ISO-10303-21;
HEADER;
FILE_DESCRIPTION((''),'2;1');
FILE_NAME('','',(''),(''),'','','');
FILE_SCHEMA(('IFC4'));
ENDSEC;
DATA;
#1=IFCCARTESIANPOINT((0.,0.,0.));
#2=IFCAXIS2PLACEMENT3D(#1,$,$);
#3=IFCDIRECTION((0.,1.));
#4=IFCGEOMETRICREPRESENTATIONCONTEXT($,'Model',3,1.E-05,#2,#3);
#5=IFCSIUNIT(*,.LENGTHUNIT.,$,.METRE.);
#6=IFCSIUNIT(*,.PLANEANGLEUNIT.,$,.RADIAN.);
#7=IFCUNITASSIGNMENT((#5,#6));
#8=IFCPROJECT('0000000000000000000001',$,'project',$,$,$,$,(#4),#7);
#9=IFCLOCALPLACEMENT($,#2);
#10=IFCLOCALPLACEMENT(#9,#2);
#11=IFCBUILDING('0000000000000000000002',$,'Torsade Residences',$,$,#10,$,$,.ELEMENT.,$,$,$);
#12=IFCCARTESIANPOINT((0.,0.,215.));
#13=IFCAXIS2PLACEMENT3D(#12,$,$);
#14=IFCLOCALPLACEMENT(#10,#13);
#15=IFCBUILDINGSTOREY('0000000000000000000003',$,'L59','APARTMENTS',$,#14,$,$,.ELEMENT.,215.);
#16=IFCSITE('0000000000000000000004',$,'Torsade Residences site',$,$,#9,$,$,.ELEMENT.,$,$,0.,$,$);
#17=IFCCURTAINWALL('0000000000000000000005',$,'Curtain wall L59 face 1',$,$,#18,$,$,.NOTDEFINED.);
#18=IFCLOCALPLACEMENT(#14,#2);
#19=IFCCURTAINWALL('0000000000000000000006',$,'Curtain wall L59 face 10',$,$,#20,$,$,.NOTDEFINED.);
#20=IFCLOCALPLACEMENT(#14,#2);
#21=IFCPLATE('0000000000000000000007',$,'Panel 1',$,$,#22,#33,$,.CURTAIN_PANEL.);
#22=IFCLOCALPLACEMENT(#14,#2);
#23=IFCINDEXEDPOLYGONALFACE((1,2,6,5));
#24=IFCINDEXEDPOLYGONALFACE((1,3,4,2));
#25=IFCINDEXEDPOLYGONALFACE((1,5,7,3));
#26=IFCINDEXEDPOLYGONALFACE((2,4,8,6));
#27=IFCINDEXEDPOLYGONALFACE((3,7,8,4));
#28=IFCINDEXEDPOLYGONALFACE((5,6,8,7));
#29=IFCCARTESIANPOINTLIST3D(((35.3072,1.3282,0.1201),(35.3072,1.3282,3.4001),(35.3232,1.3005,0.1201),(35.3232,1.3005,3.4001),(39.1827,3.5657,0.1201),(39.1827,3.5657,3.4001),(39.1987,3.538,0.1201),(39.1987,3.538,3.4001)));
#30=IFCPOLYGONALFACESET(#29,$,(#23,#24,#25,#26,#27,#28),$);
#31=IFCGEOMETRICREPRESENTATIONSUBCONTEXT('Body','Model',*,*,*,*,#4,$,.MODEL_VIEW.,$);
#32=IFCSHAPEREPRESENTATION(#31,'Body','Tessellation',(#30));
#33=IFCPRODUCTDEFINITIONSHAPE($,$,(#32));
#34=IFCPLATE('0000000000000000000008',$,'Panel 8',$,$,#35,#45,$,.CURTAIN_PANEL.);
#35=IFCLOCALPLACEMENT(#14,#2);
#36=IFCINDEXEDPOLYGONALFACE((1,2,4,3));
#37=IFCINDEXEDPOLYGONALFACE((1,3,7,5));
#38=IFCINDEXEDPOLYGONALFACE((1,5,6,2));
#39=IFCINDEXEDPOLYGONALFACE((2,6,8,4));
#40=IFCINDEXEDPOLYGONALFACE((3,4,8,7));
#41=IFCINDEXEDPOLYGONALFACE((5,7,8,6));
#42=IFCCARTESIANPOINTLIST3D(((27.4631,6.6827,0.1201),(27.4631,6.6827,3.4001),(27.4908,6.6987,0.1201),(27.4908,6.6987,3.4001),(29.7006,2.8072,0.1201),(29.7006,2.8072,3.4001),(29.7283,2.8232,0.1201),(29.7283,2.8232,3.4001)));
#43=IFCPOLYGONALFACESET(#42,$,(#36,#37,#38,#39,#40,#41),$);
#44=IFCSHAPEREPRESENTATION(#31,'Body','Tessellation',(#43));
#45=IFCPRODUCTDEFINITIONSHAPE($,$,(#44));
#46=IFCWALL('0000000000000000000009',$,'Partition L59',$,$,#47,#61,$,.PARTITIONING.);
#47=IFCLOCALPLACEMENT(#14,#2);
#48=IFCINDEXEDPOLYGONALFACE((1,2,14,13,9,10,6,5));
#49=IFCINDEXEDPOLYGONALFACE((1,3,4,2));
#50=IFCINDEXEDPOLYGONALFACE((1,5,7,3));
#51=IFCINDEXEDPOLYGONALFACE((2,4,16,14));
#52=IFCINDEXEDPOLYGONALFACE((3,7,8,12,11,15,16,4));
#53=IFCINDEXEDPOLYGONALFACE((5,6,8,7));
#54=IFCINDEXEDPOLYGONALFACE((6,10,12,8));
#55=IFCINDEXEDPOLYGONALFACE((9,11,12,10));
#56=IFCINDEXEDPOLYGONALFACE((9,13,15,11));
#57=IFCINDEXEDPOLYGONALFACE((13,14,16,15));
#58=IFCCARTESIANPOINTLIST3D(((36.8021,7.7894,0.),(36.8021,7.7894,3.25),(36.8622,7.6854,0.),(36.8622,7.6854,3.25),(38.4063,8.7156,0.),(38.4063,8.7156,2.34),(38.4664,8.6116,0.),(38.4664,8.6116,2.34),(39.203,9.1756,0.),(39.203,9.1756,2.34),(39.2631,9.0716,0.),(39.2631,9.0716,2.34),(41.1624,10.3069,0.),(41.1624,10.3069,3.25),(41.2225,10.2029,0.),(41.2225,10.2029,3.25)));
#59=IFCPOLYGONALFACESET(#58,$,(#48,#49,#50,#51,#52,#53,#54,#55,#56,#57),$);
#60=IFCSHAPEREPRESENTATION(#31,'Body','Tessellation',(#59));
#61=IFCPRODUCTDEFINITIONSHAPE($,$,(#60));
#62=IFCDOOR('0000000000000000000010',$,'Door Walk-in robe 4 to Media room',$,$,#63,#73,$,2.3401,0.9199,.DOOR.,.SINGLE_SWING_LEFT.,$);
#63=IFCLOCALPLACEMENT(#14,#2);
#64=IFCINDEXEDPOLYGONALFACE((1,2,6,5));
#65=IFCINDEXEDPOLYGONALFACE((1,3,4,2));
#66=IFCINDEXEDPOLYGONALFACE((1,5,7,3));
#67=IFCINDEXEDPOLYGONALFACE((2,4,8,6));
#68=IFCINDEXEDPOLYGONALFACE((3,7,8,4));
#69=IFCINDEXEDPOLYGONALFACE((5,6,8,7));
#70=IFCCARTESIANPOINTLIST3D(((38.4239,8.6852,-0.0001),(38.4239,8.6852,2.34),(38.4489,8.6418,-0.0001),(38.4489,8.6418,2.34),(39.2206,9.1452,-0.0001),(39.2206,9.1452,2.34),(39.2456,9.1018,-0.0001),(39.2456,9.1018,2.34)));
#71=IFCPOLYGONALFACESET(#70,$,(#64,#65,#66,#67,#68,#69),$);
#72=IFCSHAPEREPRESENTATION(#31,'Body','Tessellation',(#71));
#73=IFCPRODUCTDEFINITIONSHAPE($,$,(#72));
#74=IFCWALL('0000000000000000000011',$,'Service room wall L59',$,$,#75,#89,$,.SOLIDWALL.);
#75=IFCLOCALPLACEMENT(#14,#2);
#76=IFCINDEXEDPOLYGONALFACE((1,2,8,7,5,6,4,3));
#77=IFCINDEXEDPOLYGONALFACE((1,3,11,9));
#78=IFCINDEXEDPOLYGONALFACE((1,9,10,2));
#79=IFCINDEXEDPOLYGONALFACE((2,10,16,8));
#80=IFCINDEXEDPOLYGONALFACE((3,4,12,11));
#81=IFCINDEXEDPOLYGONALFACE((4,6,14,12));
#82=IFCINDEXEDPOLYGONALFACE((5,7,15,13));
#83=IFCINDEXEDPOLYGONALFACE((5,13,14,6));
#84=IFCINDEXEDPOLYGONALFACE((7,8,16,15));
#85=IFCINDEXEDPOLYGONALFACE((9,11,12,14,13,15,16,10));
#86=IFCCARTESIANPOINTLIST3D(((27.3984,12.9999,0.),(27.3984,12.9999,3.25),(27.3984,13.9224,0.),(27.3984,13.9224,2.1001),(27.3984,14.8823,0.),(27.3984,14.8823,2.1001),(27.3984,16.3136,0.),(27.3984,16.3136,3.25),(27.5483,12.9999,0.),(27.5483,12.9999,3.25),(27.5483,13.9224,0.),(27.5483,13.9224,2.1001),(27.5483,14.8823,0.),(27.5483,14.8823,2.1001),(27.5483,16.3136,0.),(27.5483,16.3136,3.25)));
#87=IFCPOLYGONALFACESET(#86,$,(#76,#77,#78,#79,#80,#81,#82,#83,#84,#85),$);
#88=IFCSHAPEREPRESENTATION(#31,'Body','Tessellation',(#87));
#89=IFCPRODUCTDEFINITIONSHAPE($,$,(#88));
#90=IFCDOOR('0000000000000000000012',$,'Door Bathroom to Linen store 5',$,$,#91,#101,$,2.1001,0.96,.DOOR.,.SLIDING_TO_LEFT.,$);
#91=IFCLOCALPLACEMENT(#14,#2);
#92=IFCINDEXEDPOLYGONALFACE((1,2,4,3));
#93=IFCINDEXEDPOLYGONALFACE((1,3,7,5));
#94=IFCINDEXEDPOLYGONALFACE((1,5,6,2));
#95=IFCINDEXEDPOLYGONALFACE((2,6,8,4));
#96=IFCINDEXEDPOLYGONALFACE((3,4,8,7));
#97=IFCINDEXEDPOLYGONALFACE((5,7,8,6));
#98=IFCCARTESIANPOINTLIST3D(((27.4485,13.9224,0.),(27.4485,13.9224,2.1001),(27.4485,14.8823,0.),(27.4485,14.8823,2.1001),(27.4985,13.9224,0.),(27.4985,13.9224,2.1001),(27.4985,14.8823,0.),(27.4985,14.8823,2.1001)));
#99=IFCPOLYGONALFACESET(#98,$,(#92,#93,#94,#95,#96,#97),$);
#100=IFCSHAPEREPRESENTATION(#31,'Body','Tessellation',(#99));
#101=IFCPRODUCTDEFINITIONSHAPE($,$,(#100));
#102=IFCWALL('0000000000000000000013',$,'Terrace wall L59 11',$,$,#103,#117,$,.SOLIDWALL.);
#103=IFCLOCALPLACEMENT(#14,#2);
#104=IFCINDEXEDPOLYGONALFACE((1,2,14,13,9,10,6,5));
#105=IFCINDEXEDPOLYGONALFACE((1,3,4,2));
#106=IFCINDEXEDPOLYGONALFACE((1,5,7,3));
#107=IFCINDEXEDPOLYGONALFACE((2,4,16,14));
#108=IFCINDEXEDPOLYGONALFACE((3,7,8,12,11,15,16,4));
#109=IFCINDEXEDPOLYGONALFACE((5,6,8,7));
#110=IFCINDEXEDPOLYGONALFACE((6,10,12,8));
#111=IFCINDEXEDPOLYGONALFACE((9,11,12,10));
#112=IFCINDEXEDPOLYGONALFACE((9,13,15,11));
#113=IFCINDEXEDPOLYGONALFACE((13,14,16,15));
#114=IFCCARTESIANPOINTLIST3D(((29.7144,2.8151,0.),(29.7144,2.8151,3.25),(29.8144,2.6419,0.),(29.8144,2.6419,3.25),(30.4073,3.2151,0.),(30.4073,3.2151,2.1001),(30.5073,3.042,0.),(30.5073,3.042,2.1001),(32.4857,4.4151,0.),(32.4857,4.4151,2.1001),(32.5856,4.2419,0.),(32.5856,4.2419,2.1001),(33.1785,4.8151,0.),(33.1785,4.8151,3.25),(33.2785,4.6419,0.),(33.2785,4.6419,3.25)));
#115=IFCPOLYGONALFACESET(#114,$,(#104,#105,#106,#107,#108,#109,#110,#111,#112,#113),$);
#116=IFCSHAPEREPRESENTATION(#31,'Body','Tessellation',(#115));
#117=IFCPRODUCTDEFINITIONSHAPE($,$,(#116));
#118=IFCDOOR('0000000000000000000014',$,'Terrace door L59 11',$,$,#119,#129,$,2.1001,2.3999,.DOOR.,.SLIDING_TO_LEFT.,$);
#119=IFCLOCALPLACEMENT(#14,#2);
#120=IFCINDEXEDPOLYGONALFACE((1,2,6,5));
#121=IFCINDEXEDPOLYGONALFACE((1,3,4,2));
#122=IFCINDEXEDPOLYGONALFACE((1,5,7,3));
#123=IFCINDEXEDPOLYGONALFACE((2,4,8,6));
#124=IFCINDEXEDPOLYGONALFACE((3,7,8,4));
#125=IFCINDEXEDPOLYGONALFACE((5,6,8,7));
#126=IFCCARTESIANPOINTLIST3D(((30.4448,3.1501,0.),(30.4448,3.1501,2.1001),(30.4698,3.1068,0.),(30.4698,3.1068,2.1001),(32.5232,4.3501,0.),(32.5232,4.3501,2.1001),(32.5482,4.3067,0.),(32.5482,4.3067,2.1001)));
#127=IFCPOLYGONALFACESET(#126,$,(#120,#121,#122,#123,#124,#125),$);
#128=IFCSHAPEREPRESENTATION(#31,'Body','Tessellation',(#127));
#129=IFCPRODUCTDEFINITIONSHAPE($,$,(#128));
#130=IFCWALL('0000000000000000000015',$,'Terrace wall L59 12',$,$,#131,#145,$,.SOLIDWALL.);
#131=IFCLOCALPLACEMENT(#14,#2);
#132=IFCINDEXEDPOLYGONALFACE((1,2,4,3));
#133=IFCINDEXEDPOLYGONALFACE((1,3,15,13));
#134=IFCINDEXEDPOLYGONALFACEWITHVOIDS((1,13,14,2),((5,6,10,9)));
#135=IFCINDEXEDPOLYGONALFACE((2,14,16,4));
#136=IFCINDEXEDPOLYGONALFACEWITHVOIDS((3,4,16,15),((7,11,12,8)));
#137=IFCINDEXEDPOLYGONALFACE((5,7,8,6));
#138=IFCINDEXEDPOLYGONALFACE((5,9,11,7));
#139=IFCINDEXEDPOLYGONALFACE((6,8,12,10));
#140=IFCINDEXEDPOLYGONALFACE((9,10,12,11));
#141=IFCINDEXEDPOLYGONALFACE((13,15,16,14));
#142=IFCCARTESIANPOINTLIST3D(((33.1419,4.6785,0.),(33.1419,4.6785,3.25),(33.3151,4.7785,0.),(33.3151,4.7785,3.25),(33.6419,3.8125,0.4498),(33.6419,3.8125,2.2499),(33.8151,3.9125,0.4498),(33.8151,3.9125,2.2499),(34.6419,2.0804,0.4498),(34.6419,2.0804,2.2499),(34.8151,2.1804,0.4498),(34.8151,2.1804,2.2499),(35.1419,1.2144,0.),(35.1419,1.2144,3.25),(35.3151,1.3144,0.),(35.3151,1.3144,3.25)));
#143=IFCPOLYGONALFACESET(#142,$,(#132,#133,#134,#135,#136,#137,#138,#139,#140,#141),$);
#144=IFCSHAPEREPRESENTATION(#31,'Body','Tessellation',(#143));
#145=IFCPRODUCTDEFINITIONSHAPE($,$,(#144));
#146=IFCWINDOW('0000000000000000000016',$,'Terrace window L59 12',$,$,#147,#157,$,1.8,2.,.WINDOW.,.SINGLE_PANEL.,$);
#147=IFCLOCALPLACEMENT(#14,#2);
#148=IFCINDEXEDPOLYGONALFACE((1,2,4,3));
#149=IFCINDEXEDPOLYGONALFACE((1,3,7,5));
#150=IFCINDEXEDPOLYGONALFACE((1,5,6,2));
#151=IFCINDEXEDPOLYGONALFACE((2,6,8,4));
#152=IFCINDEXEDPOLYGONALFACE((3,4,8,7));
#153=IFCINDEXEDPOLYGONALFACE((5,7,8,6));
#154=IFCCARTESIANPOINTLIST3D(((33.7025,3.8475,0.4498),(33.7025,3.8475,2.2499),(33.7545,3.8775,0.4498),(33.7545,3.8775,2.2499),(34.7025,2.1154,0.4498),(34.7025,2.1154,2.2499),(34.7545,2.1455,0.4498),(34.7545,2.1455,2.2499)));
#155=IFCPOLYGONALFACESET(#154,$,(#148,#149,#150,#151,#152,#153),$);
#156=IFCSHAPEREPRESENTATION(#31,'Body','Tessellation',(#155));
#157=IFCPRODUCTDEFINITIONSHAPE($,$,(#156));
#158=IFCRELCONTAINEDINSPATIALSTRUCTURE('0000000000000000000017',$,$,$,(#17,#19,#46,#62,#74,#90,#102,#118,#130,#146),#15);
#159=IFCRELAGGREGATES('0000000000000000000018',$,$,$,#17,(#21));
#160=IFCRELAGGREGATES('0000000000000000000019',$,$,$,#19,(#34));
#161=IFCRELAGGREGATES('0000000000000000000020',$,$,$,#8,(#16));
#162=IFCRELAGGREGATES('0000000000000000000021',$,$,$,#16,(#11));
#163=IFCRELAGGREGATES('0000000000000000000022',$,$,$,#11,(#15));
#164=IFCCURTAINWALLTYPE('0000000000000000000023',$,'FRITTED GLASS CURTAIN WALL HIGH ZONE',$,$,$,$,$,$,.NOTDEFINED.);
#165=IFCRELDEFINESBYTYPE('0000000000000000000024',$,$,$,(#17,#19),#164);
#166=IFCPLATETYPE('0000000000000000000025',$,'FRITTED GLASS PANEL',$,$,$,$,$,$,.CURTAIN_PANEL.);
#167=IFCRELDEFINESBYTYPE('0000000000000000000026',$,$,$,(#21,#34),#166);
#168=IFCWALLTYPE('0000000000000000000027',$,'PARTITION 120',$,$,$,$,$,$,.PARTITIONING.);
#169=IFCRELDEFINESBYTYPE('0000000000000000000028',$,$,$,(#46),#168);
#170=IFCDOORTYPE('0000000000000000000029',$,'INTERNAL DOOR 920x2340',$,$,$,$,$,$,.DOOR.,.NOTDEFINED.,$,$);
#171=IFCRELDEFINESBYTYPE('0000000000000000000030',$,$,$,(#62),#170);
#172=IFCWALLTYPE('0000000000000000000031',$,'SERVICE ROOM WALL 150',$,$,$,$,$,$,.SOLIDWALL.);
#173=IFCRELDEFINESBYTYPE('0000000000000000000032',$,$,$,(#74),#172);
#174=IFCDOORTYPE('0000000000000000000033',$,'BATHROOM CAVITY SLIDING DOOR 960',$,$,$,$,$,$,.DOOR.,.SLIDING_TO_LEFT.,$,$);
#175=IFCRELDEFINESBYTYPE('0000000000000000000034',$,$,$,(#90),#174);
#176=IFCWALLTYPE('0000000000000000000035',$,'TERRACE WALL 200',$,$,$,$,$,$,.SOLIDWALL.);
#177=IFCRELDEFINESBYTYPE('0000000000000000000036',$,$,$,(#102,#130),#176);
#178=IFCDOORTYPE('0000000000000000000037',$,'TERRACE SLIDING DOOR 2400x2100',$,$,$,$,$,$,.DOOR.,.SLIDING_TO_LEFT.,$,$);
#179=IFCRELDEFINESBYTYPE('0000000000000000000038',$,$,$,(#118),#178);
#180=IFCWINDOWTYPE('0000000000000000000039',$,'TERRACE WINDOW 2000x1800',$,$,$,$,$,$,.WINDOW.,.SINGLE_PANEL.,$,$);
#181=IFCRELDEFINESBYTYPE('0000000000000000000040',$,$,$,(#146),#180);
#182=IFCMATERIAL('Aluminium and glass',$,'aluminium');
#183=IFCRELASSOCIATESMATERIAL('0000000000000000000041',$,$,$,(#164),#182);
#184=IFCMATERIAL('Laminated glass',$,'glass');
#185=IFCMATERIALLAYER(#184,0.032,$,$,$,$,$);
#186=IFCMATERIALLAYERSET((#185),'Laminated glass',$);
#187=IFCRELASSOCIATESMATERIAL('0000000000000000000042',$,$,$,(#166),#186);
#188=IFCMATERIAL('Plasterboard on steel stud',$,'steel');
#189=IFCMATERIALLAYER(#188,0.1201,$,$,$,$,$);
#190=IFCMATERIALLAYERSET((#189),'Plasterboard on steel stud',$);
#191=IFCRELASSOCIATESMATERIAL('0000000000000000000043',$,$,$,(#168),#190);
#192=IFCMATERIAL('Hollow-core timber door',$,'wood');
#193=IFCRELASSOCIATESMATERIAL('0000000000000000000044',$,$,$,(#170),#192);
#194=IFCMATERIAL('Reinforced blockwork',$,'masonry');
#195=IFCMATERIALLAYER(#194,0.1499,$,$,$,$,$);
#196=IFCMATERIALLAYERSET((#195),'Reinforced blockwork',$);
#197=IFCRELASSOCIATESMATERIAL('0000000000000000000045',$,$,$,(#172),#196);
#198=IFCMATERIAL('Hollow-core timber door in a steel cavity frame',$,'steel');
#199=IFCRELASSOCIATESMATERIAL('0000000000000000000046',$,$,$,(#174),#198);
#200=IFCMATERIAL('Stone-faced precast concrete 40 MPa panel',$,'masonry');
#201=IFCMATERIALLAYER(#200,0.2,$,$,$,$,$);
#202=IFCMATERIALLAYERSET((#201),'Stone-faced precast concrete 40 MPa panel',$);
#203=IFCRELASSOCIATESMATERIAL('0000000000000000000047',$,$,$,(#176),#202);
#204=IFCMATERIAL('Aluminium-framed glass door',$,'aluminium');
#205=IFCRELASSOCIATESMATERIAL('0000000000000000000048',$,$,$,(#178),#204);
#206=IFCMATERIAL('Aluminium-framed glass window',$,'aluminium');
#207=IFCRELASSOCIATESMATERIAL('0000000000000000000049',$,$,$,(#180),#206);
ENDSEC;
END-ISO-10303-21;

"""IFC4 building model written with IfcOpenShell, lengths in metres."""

from ifc_helpers import new_model, si_unit, direction, frame, frame_2d, origin, origin_2d, place, context, subcontext, project, spatial, rectangle, extrude, material, layer, layer_set, type_object, element, fill, aggregate, save


model = new_model("IFC4")

# Units and contexts
model_context = context("Model", 3, precision=1e-05, world=origin(), true_north=direction((0.0, 1.0)))
body_context = subcontext(model_context, "Body", "Model", "MODEL_VIEW")
ifc_project = project(units=[si_unit("LENGTHUNIT", "METRE"), si_unit("PLANEANGLEUNIT", "RADIAN")], contexts=[model_context])

# Site, building, storey
site_placement = place(None, origin())
site = spatial("IfcSite", under=ifc_project, at=site_placement, Name="Torsade Residences site", CompositionType="ELEMENT", RefElevation=0.0)
building_placement = place(site_placement, origin())
building = spatial("IfcBuilding", under=site, at=building_placement, Name="Torsade Residences", CompositionType="ELEMENT")
storey_placement = place(building_placement, frame((0.0, 0.0, 215.0)))
storey = spatial("IfcBuildingStorey", under=building, at=storey_placement, Name="L59", Description="APARTMENTS", CompositionType="ELEMENT", Elevation=215.0)

# Curtain wall
ifc_material_1 = material(Name="Aluminium and glass", Category="aluminium")
curtain_wall_type = type_object("IfcCurtainWallType", Name="FRITTED GLASS CURTAIN WALL HIGH ZONE", PredefinedType="NOTDEFINED", material=ifc_material_1)
curtain_wall_1_placement = place(storey_placement, origin())
curtain_wall_1 = element("IfcCurtainWall", 1, at=curtain_wall_1_placement, inside=storey, type_object=curtain_wall_type, Name="Curtain wall L59 face 1", PredefinedType="NOTDEFINED")

# Curtain wall
curtain_wall_2_placement = place(storey_placement, origin())
curtain_wall_2 = element("IfcCurtainWall", 2, at=curtain_wall_2_placement, inside=storey, type_object=curtain_wall_type, Name="Curtain wall L59 face 10", PredefinedType="NOTDEFINED")

# Plates
ifc_material_2 = material(Name="Laminated glass", Category="glass")
ifc_layer_1 = layer(ifc_material_2, 0.032)
ifc_layer_set_1 = layer_set([ifc_layer_1], Name="Laminated glass")
plate_type = type_object("IfcPlateType", Name="FRITTED GLASS PANEL", PredefinedType="CURTAIN_PANEL", material=ifc_layer_set_1)
plate_1_placement = place(storey_placement, frame((37.2529, 2.4331, 0.1201), z_axis=(0.0, 0.0, 1.0), x_axis=(0.866025, 0.5, 0.0)))
plate_1 = element("IfcPlate", 3, at=plate_1_placement, type_object=plate_type, Name="Panel 1", PredefinedType="CURTAIN_PANEL", context=body_context, shape_type="SweptSolid", body=[
    extrude(rectangle(XDim=4.4751, YDim=0.032, at=origin_2d()), origin(), (0.0, 0.0, 1.0), 3.28),
])
aggregate(curtain_wall_1, [plate_1])
plate_2_placement = place(storey_placement, frame((28.5957, 4.7529, 0.1201), z_axis=(0.0, 0.0, 1.0), x_axis=(0.5, -0.866025, 0.0)))
plate_2 = element("IfcPlate", 4, at=plate_2_placement, type_object=plate_type, Name="Panel 8", PredefinedType="CURTAIN_PANEL", context=body_context, shape_type="SweptSolid", body=[
    extrude(rectangle(XDim=4.4751, YDim=0.032, at=origin_2d()), origin(), (0.0, 0.0, 1.0), 3.28),
])
aggregate(curtain_wall_2, [plate_2])

# Walls, openings, doors
ifc_material_3 = material(Name="Plasterboard on steel stud", Category="steel")
ifc_layer_2 = layer(ifc_material_3, 0.1201)
ifc_layer_set_2 = layer_set([ifc_layer_2], Name="Plasterboard on steel stud")
wall_type_1 = type_object("IfcWallType", Name="PARTITION 120", PredefinedType="PARTITIONING", material=ifc_layer_set_2)
wall_1_placement = place(storey_placement, frame((36.832, 7.7373, 0.0), z_axis=(0.0, 0.0, 1.0), x_axis=(0.866014, 0.500019, 0.0)))
wall_1 = element("IfcWall", 5, at=wall_1_placement, inside=storey, type_object=wall_type_1, Name="Partition L59", PredefinedType="PARTITIONING", context=body_context, shape_type="SweptSolid", body=[
    extrude(rectangle(XDim=5.0349, YDim=0.1201, at=frame_2d((2.5176, 0.0))), origin(), (0.0, 0.0, 1.0), 3.25),
])
opening_1_placement = place(wall_1_placement, frame((1.8525, 0.0, 0.0)))
opening_1 = element("IfcOpeningElement", 6, at=opening_1_placement, cuts=wall_1, PredefinedType="OPENING", context=body_context, shape_type="SweptSolid", body=[
    extrude(rectangle(XDim=0.9199, YDim=2.3401, at=frame_2d((0.46, 1.1699))), frame((0.0, 0.0701, 0.0), z_axis=(0.0, -1.0, 0.0), x_axis=(1.0, 0.0, 0.0)), (0.0, 0.0, 1.0), 0.1401),
])
ifc_material_4 = material(Name="Hollow-core timber door", Category="wood")
door_type_1 = type_object("IfcDoorType", Name="INTERNAL DOOR 920x2340", OperationType="NOTDEFINED", PredefinedType="DOOR", material=ifc_material_4)
door_1_placement = place(opening_1_placement, origin())
door_1 = element("IfcDoor", 7, at=door_1_placement, inside=storey, type_object=door_type_1, Name="Door Walk-in robe 4 to Media room", OperationType="SINGLE_SWING_LEFT", OverallHeight=2.3401, OverallWidth=0.9199, PredefinedType="DOOR", context=body_context, shape_type="SweptSolid", body=[
    extrude(rectangle(XDim=0.9199, YDim=2.3401, at=frame_2d((0.46, 1.1699))), frame((0.0, 0.0249, 0.0), z_axis=(0.0, -1.0, 0.0), x_axis=(1.0, 0.0, 0.0)), (0.0, 0.0, 1.0), 0.05),
])
fill(opening_1, door_1)
ifc_material_5 = material(Name="Reinforced blockwork", Category="masonry")
ifc_layer_3 = layer(ifc_material_5, 0.1499)
ifc_layer_set_3 = layer_set([ifc_layer_3], Name="Reinforced blockwork")
wall_type_2 = type_object("IfcWallType", Name="SERVICE ROOM WALL 150", PredefinedType="SOLIDWALL", material=ifc_layer_set_3)
wall_2_placement = place(storey_placement, frame((27.4734, 13.0, 0.0), z_axis=(0.0, 0.0, 1.0), x_axis=(0.0, 1.0, 0.0)))
wall_2 = element("IfcWall", 8, at=wall_2_placement, inside=storey, type_object=wall_type_2, Name="Service room wall L59", PredefinedType="SOLIDWALL", context=body_context, shape_type="SweptSolid", body=[
    extrude(rectangle(XDim=3.3137, YDim=0.1499, at=frame_2d((1.6567, 0.0))), origin(), (0.0, 0.0, 1.0), 3.25),
])
opening_2_placement = place(wall_2_placement, frame((0.9224, 0.0, 0.0)))
opening_2 = element("IfcOpeningElement", 9, at=opening_2_placement, cuts=wall_2, PredefinedType="OPENING", context=body_context, shape_type="SweptSolid", body=[
    extrude(rectangle(XDim=0.96, YDim=2.1001, at=frame_2d((0.48, 1.05))), frame((0.0, 0.085, 0.0), z_axis=(0.0, -1.0, 0.0), x_axis=(1.0, 0.0, 0.0)), (0.0, 0.0, 1.0), 0.1699),
])
ifc_material_6 = material(Name="Hollow-core timber door in a steel cavity frame", Category="steel")
door_type_2 = type_object("IfcDoorType", Name="BATHROOM CAVITY SLIDING DOOR 960", OperationType="SLIDING_TO_LEFT", PredefinedType="DOOR", material=ifc_material_6)
door_2_placement = place(opening_2_placement, origin())
door_2 = element("IfcDoor", 10, at=door_2_placement, inside=storey, type_object=door_type_2, Name="Door Bathroom to Linen store 5", OperationType="SLIDING_TO_LEFT", OverallHeight=2.1001, OverallWidth=0.96, PredefinedType="DOOR", context=body_context, shape_type="SweptSolid", body=[
    extrude(rectangle(XDim=0.96, YDim=2.1001, at=frame_2d((0.48, 1.05))), frame((0.0, 0.0249, 0.0), z_axis=(0.0, -1.0, 0.0), x_axis=(1.0, 0.0, 0.0)), (0.0, 0.0, 1.0), 0.05),
])
fill(opening_2, door_2)
ifc_material_7 = material(Name="Stone-faced precast concrete 40 MPa panel", Category="masonry")
ifc_layer_4 = layer(ifc_material_7, 0.2)
ifc_layer_set_4 = layer_set([ifc_layer_4], Name="Stone-faced precast concrete 40 MPa panel")
wall_type_3 = type_object("IfcWallType", Name="TERRACE WALL 200", PredefinedType="SOLIDWALL", material=ifc_layer_set_4)
wall_3_placement = place(storey_placement, frame((29.7644, 2.7285, 0.0), z_axis=(0.0, 0.0, 1.0), x_axis=(0.866026, 0.499999, 0.0)))
wall_3 = element("IfcWall", 11, at=wall_3_placement, inside=storey, type_object=wall_type_3, Name="Terrace wall L59 11", PredefinedType="SOLIDWALL", context=body_context, shape_type="SweptSolid", body=[
    extrude(rectangle(XDim=4.0, YDim=0.2, at=frame_2d((2.0, 0.0))), origin(), (0.0, 0.0, 1.0), 3.25),
])
opening_3_placement = place(wall_3_placement, frame((0.8, 0.0, 0.0)))
opening_3 = element("IfcOpeningElement", 12, at=opening_3_placement, cuts=wall_3, PredefinedType="OPENING", context=body_context, shape_type="SweptSolid", body=[
    extrude(rectangle(XDim=2.3999, YDim=2.1001, at=frame_2d((1.2, 1.05))), frame((0.0, 0.1099, 0.0), z_axis=(0.0, -1.0, 0.0), x_axis=(1.0, 0.0, 0.0)), (0.0, 0.0, 1.0), 0.22),
])
ifc_material_8 = material(Name="Aluminium-framed glass door", Category="aluminium")
door_type_3 = type_object("IfcDoorType", Name="TERRACE SLIDING DOOR 2400x2100", OperationType="SLIDING_TO_LEFT", PredefinedType="DOOR", material=ifc_material_8)
door_3_placement = place(opening_3_placement, origin())
door_3 = element("IfcDoor", 13, at=door_3_placement, inside=storey, type_object=door_type_3, Name="Terrace door L59 11", OperationType="SLIDING_TO_LEFT", OverallHeight=2.1001, OverallWidth=2.3999, PredefinedType="DOOR", context=body_context, shape_type="SweptSolid", body=[
    extrude(rectangle(XDim=2.3999, YDim=2.1001, at=frame_2d((1.2, 1.05))), frame((0.0, 0.0249, 0.0), z_axis=(0.0, -1.0, 0.0), x_axis=(1.0, 0.0, 0.0)), (0.0, 0.0, 1.0), 0.05),
])
fill(opening_3, door_3)

# Wall, opening, window
wall_4_placement = place(storey_placement, frame((33.2285, 4.7285, 0.0), z_axis=(0.0, 0.0, 1.0), x_axis=(0.499999, -0.866026, 0.0)))
wall_4 = element("IfcWall", 14, at=wall_4_placement, inside=storey, type_object=wall_type_3, Name="Terrace wall L59 12", PredefinedType="SOLIDWALL", context=body_context, shape_type="SweptSolid", body=[
    extrude(rectangle(XDim=4.0, YDim=0.2, at=frame_2d((2.0, 0.0))), origin(), (0.0, 0.0, 1.0), 3.25),
])
opening_4_placement = place(wall_4_placement, frame((1.0, 0.0, 0.45)))
opening_4 = element("IfcOpeningElement", 15, at=opening_4_placement, cuts=wall_4, PredefinedType="OPENING", context=body_context, shape_type="SweptSolid", body=[
    extrude(rectangle(XDim=2.0, YDim=1.8, at=frame_2d((1.0, 0.8999))), frame((0.0, 0.1099, 0.0), z_axis=(0.0, -1.0, 0.0), x_axis=(1.0, 0.0, 0.0)), (0.0, 0.0, 1.0), 0.22),
])
ifc_material_9 = material(Name="Aluminium-framed glass window", Category="aluminium")
window_type = type_object("IfcWindowType", Name="TERRACE WINDOW 2000x1800", PartitioningType="SINGLE_PANEL", PredefinedType="WINDOW", material=ifc_material_9)
window_placement = place(opening_4_placement, origin())
window = element("IfcWindow", 16, at=window_placement, inside=storey, type_object=window_type, Name="Terrace window L59 12", OverallHeight=1.8, OverallWidth=2.0, PartitioningType="SINGLE_PANEL", PredefinedType="WINDOW", context=body_context, shape_type="SweptSolid", body=[
    extrude(rectangle(XDim=2.0, YDim=1.8, at=frame_2d((1.0, 0.8999))), frame((0.0, 0.03, 0.0), z_axis=(0.0, -1.0, 0.0), x_axis=(1.0, 0.0, 0.0)), (0.0, 0.0, 1.0), 0.0601),
])
fill(opening_4, window)

save(model, "model.ifc")
